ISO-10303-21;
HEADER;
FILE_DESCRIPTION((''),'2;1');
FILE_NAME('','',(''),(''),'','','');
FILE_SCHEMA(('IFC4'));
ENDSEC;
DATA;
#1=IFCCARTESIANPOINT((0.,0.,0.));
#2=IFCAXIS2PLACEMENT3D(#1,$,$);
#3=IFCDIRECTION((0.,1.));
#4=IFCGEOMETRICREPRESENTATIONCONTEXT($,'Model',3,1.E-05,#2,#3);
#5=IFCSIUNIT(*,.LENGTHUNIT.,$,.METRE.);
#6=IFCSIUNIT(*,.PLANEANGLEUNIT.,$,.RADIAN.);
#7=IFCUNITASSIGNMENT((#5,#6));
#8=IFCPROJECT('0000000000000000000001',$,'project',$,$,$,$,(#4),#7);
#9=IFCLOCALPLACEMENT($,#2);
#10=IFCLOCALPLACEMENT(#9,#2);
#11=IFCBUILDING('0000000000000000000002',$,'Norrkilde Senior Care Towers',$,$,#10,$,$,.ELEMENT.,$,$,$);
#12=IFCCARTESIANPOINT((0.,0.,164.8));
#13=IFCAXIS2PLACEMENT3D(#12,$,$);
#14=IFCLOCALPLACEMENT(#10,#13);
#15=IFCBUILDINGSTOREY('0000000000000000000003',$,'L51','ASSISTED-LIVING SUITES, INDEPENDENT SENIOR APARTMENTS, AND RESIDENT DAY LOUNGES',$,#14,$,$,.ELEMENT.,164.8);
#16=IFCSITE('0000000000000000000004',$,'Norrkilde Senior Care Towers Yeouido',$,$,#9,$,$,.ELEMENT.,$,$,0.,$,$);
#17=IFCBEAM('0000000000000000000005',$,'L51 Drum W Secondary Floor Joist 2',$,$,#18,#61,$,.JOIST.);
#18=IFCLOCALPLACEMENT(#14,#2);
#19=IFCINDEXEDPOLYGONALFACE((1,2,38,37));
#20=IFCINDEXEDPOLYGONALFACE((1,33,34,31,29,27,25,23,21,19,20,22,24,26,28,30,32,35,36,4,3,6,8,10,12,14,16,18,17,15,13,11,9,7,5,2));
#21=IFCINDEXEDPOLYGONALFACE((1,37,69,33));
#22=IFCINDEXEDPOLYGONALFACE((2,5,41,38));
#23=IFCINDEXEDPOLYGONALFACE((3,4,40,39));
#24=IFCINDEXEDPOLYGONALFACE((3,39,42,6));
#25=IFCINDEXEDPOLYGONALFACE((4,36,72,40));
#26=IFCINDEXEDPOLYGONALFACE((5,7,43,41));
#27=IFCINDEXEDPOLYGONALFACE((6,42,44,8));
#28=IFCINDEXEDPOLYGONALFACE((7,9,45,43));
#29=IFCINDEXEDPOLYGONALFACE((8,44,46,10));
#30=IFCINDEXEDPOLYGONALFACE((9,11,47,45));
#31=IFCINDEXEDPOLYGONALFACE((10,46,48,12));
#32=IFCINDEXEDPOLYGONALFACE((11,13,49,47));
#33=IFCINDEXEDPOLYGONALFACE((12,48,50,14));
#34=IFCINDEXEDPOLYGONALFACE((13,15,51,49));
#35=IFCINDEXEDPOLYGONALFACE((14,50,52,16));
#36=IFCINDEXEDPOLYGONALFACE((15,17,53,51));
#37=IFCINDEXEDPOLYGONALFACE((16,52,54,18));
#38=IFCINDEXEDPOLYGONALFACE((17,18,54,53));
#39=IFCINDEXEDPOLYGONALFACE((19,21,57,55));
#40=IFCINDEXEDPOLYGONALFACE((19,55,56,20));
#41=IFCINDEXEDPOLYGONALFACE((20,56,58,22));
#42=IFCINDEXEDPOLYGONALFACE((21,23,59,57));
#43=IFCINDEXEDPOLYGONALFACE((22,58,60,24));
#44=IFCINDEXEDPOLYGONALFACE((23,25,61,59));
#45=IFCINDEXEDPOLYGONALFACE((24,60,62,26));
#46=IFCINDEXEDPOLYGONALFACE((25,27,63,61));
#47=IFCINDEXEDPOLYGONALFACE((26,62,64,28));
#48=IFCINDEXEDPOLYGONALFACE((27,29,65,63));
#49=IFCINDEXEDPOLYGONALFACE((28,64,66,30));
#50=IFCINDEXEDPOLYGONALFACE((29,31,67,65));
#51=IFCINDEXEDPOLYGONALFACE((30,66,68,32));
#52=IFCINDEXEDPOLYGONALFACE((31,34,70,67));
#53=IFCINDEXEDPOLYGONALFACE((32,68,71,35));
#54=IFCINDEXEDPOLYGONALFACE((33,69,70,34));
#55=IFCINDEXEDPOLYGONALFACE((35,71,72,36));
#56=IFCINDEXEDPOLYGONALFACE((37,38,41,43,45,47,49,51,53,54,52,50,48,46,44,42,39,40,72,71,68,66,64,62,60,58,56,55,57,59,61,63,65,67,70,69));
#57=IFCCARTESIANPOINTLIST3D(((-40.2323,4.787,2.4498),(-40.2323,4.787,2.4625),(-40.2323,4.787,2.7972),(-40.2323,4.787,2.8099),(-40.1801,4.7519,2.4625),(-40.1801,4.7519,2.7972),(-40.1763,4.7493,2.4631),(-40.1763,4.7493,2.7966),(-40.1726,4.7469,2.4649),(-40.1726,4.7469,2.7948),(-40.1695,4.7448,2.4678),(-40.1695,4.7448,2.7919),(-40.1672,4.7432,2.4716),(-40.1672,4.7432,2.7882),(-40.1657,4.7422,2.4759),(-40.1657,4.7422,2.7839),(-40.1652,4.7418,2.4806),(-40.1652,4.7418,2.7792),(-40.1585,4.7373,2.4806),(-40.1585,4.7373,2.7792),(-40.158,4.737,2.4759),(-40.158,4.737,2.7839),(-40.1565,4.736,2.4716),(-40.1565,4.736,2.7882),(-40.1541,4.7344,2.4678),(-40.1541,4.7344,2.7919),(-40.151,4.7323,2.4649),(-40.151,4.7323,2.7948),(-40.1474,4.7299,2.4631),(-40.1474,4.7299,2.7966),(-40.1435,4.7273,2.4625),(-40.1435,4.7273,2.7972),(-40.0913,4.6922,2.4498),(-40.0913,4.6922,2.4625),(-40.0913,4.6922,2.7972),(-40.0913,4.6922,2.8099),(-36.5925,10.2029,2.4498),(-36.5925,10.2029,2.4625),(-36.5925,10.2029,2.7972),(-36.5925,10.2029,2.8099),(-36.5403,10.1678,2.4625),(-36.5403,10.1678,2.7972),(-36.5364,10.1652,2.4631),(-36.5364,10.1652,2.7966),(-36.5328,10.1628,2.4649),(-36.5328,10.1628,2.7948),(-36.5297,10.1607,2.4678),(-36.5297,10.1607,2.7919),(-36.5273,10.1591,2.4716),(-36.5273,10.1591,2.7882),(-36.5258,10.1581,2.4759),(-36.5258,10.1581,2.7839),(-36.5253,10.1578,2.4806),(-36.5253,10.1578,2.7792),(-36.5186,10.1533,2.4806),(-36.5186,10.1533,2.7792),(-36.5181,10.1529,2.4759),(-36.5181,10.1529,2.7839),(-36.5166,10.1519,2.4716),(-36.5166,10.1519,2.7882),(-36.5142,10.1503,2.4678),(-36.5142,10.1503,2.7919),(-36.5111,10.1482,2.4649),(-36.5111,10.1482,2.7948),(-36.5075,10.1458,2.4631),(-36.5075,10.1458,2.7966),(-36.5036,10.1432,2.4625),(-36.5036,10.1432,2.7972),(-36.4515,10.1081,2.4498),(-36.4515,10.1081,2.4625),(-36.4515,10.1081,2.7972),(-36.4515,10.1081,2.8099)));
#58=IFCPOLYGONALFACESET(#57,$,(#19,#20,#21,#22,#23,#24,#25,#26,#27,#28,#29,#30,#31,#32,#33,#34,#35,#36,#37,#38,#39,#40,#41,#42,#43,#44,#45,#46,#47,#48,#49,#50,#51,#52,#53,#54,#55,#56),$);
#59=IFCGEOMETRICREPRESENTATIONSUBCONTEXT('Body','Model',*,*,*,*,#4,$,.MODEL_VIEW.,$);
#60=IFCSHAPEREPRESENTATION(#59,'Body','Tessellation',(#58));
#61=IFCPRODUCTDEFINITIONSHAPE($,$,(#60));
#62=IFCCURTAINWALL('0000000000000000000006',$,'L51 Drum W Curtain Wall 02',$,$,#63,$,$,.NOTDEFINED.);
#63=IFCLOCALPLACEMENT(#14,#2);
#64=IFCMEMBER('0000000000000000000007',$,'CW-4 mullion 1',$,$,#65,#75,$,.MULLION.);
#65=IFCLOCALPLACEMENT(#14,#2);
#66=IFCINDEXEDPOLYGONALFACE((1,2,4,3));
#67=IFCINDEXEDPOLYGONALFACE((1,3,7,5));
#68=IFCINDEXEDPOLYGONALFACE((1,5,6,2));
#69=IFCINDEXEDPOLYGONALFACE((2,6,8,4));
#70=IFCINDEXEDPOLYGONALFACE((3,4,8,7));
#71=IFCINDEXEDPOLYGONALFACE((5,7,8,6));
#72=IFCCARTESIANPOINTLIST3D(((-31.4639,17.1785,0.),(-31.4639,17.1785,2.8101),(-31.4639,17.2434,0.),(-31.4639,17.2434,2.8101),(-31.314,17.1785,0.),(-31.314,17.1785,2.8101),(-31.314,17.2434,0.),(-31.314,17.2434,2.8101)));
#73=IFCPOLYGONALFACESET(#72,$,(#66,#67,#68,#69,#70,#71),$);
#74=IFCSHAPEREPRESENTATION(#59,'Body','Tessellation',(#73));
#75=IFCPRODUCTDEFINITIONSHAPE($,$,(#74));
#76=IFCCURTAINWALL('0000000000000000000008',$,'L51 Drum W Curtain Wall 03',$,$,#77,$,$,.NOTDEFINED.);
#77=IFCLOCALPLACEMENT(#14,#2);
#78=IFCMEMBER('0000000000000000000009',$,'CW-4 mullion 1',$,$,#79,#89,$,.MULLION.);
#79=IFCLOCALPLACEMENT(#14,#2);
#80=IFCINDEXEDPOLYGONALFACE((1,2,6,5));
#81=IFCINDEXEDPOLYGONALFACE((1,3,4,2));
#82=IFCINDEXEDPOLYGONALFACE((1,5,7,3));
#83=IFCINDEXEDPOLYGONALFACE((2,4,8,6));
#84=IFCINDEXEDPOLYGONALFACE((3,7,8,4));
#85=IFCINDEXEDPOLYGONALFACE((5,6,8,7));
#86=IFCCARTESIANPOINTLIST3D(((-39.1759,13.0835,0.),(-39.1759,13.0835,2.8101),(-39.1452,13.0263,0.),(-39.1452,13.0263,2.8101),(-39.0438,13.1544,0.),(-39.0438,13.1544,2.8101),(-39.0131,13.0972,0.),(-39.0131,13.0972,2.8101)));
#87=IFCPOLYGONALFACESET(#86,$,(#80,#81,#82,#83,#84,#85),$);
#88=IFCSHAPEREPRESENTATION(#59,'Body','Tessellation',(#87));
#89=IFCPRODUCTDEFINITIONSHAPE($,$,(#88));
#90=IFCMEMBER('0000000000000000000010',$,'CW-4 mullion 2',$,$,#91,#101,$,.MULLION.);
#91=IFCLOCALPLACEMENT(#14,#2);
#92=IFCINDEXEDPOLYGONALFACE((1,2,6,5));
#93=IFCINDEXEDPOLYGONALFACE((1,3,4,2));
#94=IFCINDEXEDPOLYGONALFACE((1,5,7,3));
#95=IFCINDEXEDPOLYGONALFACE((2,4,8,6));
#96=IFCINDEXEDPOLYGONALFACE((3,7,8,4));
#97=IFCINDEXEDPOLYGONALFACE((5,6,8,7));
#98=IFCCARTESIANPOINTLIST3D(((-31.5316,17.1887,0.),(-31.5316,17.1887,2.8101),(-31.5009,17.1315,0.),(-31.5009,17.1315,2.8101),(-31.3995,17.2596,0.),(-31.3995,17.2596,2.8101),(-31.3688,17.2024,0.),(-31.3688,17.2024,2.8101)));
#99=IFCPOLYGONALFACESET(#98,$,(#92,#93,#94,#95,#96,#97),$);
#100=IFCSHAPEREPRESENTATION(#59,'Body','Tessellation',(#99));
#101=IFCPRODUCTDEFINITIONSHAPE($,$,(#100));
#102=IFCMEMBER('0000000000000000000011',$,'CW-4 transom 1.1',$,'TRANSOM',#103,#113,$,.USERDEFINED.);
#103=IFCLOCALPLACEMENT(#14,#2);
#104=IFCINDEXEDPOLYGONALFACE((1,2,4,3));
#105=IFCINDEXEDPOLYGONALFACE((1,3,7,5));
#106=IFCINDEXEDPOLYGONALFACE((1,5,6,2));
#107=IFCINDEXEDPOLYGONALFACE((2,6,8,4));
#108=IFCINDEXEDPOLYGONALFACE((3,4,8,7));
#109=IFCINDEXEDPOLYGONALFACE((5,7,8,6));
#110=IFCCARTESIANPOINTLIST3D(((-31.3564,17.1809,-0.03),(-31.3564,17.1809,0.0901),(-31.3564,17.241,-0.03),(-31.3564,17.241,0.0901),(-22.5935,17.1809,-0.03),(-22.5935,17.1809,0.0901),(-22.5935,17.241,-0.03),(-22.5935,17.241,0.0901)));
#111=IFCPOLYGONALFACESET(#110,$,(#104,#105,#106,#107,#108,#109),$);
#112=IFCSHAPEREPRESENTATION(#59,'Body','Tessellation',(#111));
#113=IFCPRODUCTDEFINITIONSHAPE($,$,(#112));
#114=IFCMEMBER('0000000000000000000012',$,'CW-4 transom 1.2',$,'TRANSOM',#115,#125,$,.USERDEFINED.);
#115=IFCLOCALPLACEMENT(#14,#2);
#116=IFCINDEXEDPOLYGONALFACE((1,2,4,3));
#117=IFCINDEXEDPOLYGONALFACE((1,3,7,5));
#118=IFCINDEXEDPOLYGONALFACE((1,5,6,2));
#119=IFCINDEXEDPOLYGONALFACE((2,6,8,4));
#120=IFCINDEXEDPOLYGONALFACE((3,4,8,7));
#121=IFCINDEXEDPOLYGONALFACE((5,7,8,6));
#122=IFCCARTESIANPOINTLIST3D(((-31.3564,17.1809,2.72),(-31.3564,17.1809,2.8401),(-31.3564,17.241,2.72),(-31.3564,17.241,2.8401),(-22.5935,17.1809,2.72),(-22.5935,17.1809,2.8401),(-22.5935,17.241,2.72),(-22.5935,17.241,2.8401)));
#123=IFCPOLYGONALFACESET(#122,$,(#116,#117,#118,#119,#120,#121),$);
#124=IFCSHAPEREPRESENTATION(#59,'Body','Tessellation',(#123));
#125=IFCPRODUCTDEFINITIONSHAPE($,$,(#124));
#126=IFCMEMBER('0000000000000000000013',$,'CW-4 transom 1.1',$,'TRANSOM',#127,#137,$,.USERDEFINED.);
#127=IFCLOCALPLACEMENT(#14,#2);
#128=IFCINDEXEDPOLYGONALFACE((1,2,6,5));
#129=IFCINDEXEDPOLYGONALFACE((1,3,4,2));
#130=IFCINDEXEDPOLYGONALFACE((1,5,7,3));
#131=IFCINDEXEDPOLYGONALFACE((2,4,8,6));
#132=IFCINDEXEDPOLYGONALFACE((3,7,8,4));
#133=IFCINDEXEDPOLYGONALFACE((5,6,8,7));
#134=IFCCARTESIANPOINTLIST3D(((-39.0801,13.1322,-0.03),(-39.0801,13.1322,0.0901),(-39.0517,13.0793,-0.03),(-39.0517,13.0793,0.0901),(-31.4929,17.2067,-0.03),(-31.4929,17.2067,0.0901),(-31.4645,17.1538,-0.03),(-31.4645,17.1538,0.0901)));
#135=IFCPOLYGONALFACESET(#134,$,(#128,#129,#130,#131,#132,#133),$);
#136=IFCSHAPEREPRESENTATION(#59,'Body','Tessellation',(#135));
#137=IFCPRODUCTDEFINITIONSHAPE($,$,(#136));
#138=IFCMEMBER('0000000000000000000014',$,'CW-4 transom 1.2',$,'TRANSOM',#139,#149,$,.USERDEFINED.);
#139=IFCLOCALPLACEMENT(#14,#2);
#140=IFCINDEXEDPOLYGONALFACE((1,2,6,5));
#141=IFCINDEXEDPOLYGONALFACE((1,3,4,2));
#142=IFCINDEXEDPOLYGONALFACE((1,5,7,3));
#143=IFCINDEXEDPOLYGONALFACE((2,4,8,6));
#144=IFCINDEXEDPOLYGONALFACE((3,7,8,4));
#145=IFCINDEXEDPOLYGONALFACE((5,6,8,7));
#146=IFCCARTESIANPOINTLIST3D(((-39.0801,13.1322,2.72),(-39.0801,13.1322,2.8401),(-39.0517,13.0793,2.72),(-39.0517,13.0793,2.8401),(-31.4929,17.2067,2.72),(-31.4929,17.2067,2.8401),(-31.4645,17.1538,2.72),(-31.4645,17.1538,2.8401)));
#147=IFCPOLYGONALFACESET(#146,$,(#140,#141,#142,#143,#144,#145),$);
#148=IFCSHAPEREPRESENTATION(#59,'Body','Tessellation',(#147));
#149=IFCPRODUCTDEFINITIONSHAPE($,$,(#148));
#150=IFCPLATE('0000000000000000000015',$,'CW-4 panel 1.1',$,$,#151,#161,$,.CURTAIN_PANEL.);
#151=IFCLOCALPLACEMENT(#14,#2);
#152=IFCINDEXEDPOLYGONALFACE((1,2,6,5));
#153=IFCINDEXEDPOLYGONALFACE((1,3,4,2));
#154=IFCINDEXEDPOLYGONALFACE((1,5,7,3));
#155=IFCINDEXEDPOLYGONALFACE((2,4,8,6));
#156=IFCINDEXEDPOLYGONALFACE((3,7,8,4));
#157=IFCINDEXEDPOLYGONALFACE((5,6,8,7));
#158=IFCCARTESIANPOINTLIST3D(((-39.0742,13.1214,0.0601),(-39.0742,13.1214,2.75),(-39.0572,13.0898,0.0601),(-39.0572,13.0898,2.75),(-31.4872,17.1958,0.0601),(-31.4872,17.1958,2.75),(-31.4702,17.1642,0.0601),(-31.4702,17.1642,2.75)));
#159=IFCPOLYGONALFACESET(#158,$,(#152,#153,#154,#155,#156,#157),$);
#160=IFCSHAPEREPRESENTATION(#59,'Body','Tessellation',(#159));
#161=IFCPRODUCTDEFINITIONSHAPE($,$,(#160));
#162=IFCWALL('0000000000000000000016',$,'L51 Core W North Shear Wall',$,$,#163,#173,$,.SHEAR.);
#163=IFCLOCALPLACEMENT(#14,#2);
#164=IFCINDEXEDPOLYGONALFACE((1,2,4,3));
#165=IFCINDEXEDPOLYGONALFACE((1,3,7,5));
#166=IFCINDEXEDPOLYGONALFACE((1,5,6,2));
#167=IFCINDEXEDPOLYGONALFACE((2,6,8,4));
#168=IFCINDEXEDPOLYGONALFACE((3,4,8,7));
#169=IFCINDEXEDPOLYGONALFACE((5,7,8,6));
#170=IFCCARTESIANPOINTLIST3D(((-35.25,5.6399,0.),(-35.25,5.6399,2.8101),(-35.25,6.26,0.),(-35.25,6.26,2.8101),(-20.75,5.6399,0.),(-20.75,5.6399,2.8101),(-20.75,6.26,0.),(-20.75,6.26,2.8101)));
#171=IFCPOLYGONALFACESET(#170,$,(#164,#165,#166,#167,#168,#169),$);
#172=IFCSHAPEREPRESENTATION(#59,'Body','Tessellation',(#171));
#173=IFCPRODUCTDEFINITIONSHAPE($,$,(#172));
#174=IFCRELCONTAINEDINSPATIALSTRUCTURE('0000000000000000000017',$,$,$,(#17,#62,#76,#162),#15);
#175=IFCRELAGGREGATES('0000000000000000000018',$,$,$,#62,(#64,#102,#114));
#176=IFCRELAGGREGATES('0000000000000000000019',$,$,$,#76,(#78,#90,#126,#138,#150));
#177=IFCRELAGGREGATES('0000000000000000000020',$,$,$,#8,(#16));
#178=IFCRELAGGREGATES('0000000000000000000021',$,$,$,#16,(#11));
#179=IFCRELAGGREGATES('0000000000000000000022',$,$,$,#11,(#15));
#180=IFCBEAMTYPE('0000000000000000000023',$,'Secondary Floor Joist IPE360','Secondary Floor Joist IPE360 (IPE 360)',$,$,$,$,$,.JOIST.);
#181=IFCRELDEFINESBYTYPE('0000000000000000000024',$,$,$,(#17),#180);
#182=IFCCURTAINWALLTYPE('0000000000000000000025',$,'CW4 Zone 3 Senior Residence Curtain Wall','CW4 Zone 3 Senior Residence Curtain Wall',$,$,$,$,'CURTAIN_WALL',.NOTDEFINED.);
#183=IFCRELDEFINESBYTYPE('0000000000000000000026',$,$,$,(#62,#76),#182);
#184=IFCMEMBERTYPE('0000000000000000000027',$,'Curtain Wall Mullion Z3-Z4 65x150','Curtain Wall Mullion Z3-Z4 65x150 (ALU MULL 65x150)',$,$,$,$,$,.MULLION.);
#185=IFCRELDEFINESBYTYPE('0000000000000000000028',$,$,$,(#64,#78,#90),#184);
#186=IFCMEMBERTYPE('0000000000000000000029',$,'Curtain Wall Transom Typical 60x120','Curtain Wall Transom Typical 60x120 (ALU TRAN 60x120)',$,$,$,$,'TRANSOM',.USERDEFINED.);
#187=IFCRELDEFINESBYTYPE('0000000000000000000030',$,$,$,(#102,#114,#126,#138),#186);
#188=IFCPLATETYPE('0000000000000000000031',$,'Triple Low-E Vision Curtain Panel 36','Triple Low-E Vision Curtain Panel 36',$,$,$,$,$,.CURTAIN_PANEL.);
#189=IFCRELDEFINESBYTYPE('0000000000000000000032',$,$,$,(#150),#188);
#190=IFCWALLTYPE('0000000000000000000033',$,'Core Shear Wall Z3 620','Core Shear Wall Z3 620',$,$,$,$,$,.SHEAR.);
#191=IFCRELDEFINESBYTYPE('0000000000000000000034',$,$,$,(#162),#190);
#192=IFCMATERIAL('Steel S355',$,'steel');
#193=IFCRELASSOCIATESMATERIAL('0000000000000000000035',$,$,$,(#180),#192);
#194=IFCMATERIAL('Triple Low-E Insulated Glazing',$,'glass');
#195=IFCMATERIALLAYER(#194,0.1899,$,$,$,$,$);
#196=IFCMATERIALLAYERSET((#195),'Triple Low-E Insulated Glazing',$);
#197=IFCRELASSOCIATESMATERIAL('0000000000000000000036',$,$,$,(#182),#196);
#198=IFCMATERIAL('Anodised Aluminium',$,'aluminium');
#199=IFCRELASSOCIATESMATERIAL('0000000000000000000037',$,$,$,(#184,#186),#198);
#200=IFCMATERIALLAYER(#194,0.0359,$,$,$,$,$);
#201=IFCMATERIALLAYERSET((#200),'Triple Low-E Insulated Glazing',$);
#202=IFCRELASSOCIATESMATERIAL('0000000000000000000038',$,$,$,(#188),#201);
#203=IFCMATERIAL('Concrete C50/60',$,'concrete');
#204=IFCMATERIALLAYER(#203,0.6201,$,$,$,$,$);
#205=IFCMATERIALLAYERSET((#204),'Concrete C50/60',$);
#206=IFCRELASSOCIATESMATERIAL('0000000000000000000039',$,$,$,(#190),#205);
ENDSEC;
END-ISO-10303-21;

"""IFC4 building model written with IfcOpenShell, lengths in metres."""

from ifc_helpers import new_model, si_unit, direction, frame, frame_2d, origin, origin_2d, place, context, subcontext, project, spatial, rectangle, i_section, extrude, source, transform, mapped, material, layer, layer_set, material_profile, profile_set, type_object, type_shapes, element, aggregate, save


model = new_model("IFC4")

# Units and contexts
model_context = context("Model", 3, precision=1e-05, world=origin(), true_north=direction((0.0, 1.0)))
body_context = subcontext(model_context, "Body", "Model", "MODEL_VIEW")
ifc_project = project(units=[si_unit("LENGTHUNIT", "METRE"), si_unit("PLANEANGLEUNIT", "RADIAN")], contexts=[model_context])

# Site, building, storey
site_placement = place(None, origin())
site = spatial("IfcSite", under=ifc_project, at=site_placement, Name="Norrkilde Senior Care Towers Yeouido", CompositionType="ELEMENT", RefElevation=0.0)
building_placement = place(site_placement, origin())
building = spatial("IfcBuilding", under=site, at=building_placement, Name="Norrkilde Senior Care Towers", CompositionType="ELEMENT")
storey_placement = place(building_placement, frame((0.0, 0.0, 164.8)))
storey = spatial("IfcBuildingStorey", under=building, at=storey_placement, Name="L51", Description="ASSISTED-LIVING SUITES, INDEPENDENT SENIOR APARTMENTS, AND RESIDENT DAY LOUNGES", CompositionType="ELEMENT", Elevation=164.8)

# Shared definitions
ifc_material_1 = material(Name="Concrete C50/60", Category="concrete")

# Beam
ifc_material_2 = material(Name="Steel S355", Category="steel")
ifc_material_profile_1 = material_profile(ifc_material_2, i_section(OverallWidth=0.1699, OverallDepth=0.3601, WebThickness=0.0081, FlangeThickness=0.0127, FilletRadius=0.0181, at=origin_2d()), Name="IPE 360")
ifc_profile_set_1 = profile_set([ifc_material_profile_1], Name="Steel S355")
beam_type_1 = type_object("IfcBeamType", Name="Secondary Floor Joist IPE360", Description="Secondary Floor Joist IPE360 (IPE 360)", PredefinedType="JOIST", material=ifc_profile_set_1)
shared_shape_1 = source(origin(), body_context, "Body", "SweptSolid", [
    extrude(i_section(OverallWidth=0.1699, OverallDepth=0.3601, WebThickness=0.0081, FlangeThickness=0.0127, FilletRadius=0.0181, at=origin_2d()), origin(), (0.0, 0.0, 1.0), 6.5254),
])
type_shapes(beam_type_1, [shared_shape_1])
beam_1_placement = place(storey_placement, frame((-36.522, 10.1555, 2.6299), z_axis=(-0.557796, -0.829978, 0.0), x_axis=(0.829978, -0.557796, 0.0)))
element("IfcBeam", 1, at=beam_1_placement, inside=storey, type_object=beam_type_1, Name="L51 Drum W Secondary Floor Joist 2", PredefinedType="JOIST", context=body_context, shape_type="MappedRepresentation", body=[
    mapped(shared_shape_1, transform((0.0, 0.0, 0.0), x_axis=(1.0, 0.0, 0.0), y_axis=(0.0, 1.0, 0.0), z_axis=(0.0, 0.0, 1.0), scale=1.0)),
])

# Curtain wall, member
ifc_material_3 = material(Name="Triple Low-E Insulated Glazing", Category="glass")
ifc_layer_1 = layer(ifc_material_3, 0.1899)
ifc_layer_set_1 = layer_set([ifc_layer_1], Name="Triple Low-E Insulated Glazing")
curtain_wall_type = type_object("IfcCurtainWallType", Name="CW4 Zone 3 Senior Residence Curtain Wall", Description="CW4 Zone 3 Senior Residence Curtain Wall", ElementType="CURTAIN_WALL", PredefinedType="NOTDEFINED", material=ifc_layer_set_1)
curtain_wall_1_placement = place(storey_placement, origin())
curtain_wall_1 = element("IfcCurtainWall", 2, at=curtain_wall_1_placement, inside=storey, type_object=curtain_wall_type, Name="L51 Drum W Curtain Wall 02", PredefinedType="NOTDEFINED")
ifc_material_4 = material(Name="Anodised Aluminium", Category="aluminium")
ifc_material_profile_2 = material_profile(ifc_material_4, rectangle(XDim=0.0649, YDim=0.1499, at=origin_2d()), Name="ALU MULL 65x150")
ifc_profile_set_2 = profile_set([ifc_material_profile_2], Name="Anodised Aluminium")
member_type_1 = type_object("IfcMemberType", Name="Curtain Wall Mullion Z3-Z4 65x150", Description="Curtain Wall Mullion Z3-Z4 65x150 (ALU MULL 65x150)", PredefinedType="MULLION", material=ifc_profile_set_2)
shared_shape_2 = source(origin(), body_context, "Body", "SweptSolid", [
    extrude(rectangle(XDim=0.0649, YDim=0.1499, at=origin_2d()), origin(), (0.0, 0.0, 1.0), 2.8101),
])
type_shapes(member_type_1, [shared_shape_2])
member_1_placement = place(storey_placement, frame((-31.3889, 17.2109, 0.0), z_axis=(0.0, 0.0, 1.0), x_axis=(0.0, 1.0, 0.0)))
member_1 = element("IfcMember", 3, at=member_1_placement, type_object=member_type_1, Name="CW-4 mullion 1", PredefinedType="MULLION", context=body_context, shape_type="MappedRepresentation", body=[
    mapped(shared_shape_2, transform((0.0, 0.0, 0.0), x_axis=(1.0, 0.0, 0.0), y_axis=(0.0, 1.0, 0.0), z_axis=(0.0, 0.0, 1.0), scale=1.0)),
])

# Curtain wall, members
curtain_wall_2_placement = place(storey_placement, origin())
curtain_wall_2 = element("IfcCurtainWall", 4, at=curtain_wall_2_placement, inside=storey, type_object=curtain_wall_type, Name="L51 Drum W Curtain Wall 03", PredefinedType="NOTDEFINED")
member_2_placement = place(storey_placement, frame((-39.0945, 13.0903, 0.0), z_axis=(0.0, 0.0, 1.0), x_axis=(-0.473117, 0.881, 0.0)))
member_2 = element("IfcMember", 5, at=member_2_placement, type_object=member_type_1, Name="CW-4 mullion 1", PredefinedType="MULLION", context=body_context, shape_type="MappedRepresentation", body=[
    mapped(shared_shape_2, transform((0.0, 0.0, 0.0), x_axis=(1.0, 0.0, 0.0), y_axis=(0.0, 1.0, 0.0), z_axis=(0.0, 0.0, 1.0), scale=1.0)),
])
member_3_placement = place(storey_placement, frame((-31.4502, 17.1956, 0.0), z_axis=(0.0, 0.0, 1.0), x_axis=(-0.473117, 0.881, 0.0)))
member_3 = element("IfcMember", 6, at=member_3_placement, type_object=member_type_1, Name="CW-4 mullion 2", PredefinedType="MULLION", context=body_context, shape_type="MappedRepresentation", body=[
    mapped(shared_shape_2, transform((0.0, 0.0, 0.0), x_axis=(1.0, 0.0, 0.0), y_axis=(0.0, 1.0, 0.0), z_axis=(0.0, 0.0, 1.0), scale=1.0)),
])

# Members
ifc_material_profile_3 = material_profile(ifc_material_4, rectangle(XDim=0.0601, YDim=0.1201, at=origin_2d()), Name="ALU TRAN 60x120")
ifc_profile_set_3 = profile_set([ifc_material_profile_3], Name="Anodised Aluminium")
member_type_2 = type_object("IfcMemberType", Name="Curtain Wall Transom Typical 60x120", Description="Curtain Wall Transom Typical 60x120 (ALU TRAN 60x120)", ElementType="TRANSOM", PredefinedType="USERDEFINED", material=ifc_profile_set_3)
shared_shape_3 = source(origin(), body_context, "Body", "SweptSolid", [
    extrude(rectangle(XDim=0.0601, YDim=0.1201, at=origin_2d()), origin(), (0.0, 0.0, 1.0), 8.7629),
])
member_4_placement = place(storey_placement, frame((-31.3564, 17.2109, 0.03), z_axis=(1.0, 0.0, 0.0), x_axis=(0.0, 1.0, 0.0)))
member_4 = element("IfcMember", 7, at=member_4_placement, type_object=member_type_2, Name="CW-4 transom 1.1", ObjectType="TRANSOM", PredefinedType="USERDEFINED", context=body_context, shape_type="MappedRepresentation", body=[
    mapped(shared_shape_3, transform((0.0, 0.0, 0.0), x_axis=(1.0, 0.0, 0.0), y_axis=(0.0, 1.0, 0.0), z_axis=(0.0, 0.0, 1.0), scale=1.0)),
])
member_5_placement = place(storey_placement, frame((-31.3564, 17.2109, 2.78), z_axis=(1.0, 0.0, 0.0), x_axis=(0.0, 1.0, 0.0)))
member_5 = element("IfcMember", 8, at=member_5_placement, type_object=member_type_2, Name="CW-4 transom 1.2", ObjectType="TRANSOM", PredefinedType="USERDEFINED", context=body_context, shape_type="MappedRepresentation", body=[
    mapped(shared_shape_3, transform((0.0, 0.0, 0.0), x_axis=(1.0, 0.0, 0.0), y_axis=(0.0, 1.0, 0.0), z_axis=(0.0, 0.0, 1.0), scale=1.0)),
])
aggregate(curtain_wall_1, [member_1, member_4, member_5])
shared_shape_4 = source(origin(), body_context, "Body", "SweptSolid", [
    extrude(rectangle(XDim=0.0601, YDim=0.1201, at=origin_2d()), origin(), (0.0, 0.0, 1.0), 8.6121),
])
type_shapes(member_type_2, [shared_shape_3, shared_shape_4])
member_6_placement = place(storey_placement, frame((-39.0659, 13.1057, 0.03), z_axis=(0.881, 0.473116, 0.0), x_axis=(-0.473116, 0.881, 0.0)))
member_6 = element("IfcMember", 9, at=member_6_placement, type_object=member_type_2, Name="CW-4 transom 1.1", ObjectType="TRANSOM", PredefinedType="USERDEFINED", context=body_context, shape_type="MappedRepresentation", body=[
    mapped(shared_shape_4, transform((0.0, 0.0, 0.0), x_axis=(1.0, 0.0, 0.0), y_axis=(0.0, 1.0, 0.0), z_axis=(0.0, 0.0, 1.0), scale=1.0)),
])
member_7_placement = place(storey_placement, frame((-39.0659, 13.1057, 2.78), z_axis=(0.881, 0.473116, 0.0), x_axis=(-0.473116, 0.881, 0.0)))
member_7 = element("IfcMember", 10, at=member_7_placement, type_object=member_type_2, Name="CW-4 transom 1.2", ObjectType="TRANSOM", PredefinedType="USERDEFINED", context=body_context, shape_type="MappedRepresentation", body=[
    mapped(shared_shape_4, transform((0.0, 0.0, 0.0), x_axis=(1.0, 0.0, 0.0), y_axis=(0.0, 1.0, 0.0), z_axis=(0.0, 0.0, 1.0), scale=1.0)),
])

# Plate
ifc_layer_2 = layer(ifc_material_3, 0.0359)
ifc_layer_set_2 = layer_set([ifc_layer_2], Name="Triple Low-E Insulated Glazing")
plate_type = type_object("IfcPlateType", Name="Triple Low-E Vision Curtain Panel 36", Description="Triple Low-E Vision Curtain Panel 36", PredefinedType="CURTAIN_PANEL", material=ifc_layer_set_2)
shared_shape_5 = source(origin(), body_context, "Body", "SweptSolid", [
    extrude(rectangle(XDim=8.6118, YDim=0.0359, at=origin_2d()), origin(), (0.0, 0.0, 1.0), 2.6899),
])
type_shapes(plate_type, [shared_shape_5])
plate_placement = place(storey_placement, frame((-35.2722, 15.1428, 0.0601), z_axis=(0.0, 0.0, 1.0), x_axis=(0.881, 0.473117, 0.0)))
plate = element("IfcPlate", 11, at=plate_placement, type_object=plate_type, Name="CW-4 panel 1.1", PredefinedType="CURTAIN_PANEL", context=body_context, shape_type="MappedRepresentation", body=[
    mapped(shared_shape_5, transform((0.0, 0.0, 0.0), x_axis=(1.0, 0.0, 0.0), y_axis=(0.0, 1.0, 0.0), z_axis=(0.0, 0.0, 1.0), scale=1.0)),
])
aggregate(curtain_wall_2, [member_2, member_3, member_6, member_7, plate])

# Wall
ifc_layer_3 = layer(ifc_material_1, 0.6201)
ifc_layer_set_3 = layer_set([ifc_layer_3], Name="Concrete C50/60")
wall_type_1 = type_object("IfcWallType", Name="Core Shear Wall Z3 620", Description="Core Shear Wall Z3 620", PredefinedType="SHEAR", material=ifc_layer_set_3)
shared_shape_6 = source(origin(), body_context, "Body", "SweptSolid", [
    extrude(rectangle(XDim=14.5, YDim=0.6201, at=frame_2d((7.25, 0.0))), origin(), (0.0, 0.0, 1.0), 2.8101),
])
type_shapes(wall_type_1, [shared_shape_6])
wall_1_placement = place(storey_placement, frame((-35.25, 5.95, 0.0), z_axis=(0.0, 0.0, 1.0), x_axis=(1.0, 0.0, 0.0)))
element("IfcWall", 12, at=wall_1_placement, inside=storey, type_object=wall_type_1, Name="L51 Core W North Shear Wall", PredefinedType="SHEAR", context=body_context, shape_type="MappedRepresentation", body=[
    mapped(shared_shape_6, transform((0.0, 0.0, 0.0), x_axis=(1.0, 0.0, 0.0), y_axis=(0.0, 1.0, 0.0), z_axis=(0.0, 0.0, 1.0), scale=1.0)),
])

save(model, "model.ifc")
